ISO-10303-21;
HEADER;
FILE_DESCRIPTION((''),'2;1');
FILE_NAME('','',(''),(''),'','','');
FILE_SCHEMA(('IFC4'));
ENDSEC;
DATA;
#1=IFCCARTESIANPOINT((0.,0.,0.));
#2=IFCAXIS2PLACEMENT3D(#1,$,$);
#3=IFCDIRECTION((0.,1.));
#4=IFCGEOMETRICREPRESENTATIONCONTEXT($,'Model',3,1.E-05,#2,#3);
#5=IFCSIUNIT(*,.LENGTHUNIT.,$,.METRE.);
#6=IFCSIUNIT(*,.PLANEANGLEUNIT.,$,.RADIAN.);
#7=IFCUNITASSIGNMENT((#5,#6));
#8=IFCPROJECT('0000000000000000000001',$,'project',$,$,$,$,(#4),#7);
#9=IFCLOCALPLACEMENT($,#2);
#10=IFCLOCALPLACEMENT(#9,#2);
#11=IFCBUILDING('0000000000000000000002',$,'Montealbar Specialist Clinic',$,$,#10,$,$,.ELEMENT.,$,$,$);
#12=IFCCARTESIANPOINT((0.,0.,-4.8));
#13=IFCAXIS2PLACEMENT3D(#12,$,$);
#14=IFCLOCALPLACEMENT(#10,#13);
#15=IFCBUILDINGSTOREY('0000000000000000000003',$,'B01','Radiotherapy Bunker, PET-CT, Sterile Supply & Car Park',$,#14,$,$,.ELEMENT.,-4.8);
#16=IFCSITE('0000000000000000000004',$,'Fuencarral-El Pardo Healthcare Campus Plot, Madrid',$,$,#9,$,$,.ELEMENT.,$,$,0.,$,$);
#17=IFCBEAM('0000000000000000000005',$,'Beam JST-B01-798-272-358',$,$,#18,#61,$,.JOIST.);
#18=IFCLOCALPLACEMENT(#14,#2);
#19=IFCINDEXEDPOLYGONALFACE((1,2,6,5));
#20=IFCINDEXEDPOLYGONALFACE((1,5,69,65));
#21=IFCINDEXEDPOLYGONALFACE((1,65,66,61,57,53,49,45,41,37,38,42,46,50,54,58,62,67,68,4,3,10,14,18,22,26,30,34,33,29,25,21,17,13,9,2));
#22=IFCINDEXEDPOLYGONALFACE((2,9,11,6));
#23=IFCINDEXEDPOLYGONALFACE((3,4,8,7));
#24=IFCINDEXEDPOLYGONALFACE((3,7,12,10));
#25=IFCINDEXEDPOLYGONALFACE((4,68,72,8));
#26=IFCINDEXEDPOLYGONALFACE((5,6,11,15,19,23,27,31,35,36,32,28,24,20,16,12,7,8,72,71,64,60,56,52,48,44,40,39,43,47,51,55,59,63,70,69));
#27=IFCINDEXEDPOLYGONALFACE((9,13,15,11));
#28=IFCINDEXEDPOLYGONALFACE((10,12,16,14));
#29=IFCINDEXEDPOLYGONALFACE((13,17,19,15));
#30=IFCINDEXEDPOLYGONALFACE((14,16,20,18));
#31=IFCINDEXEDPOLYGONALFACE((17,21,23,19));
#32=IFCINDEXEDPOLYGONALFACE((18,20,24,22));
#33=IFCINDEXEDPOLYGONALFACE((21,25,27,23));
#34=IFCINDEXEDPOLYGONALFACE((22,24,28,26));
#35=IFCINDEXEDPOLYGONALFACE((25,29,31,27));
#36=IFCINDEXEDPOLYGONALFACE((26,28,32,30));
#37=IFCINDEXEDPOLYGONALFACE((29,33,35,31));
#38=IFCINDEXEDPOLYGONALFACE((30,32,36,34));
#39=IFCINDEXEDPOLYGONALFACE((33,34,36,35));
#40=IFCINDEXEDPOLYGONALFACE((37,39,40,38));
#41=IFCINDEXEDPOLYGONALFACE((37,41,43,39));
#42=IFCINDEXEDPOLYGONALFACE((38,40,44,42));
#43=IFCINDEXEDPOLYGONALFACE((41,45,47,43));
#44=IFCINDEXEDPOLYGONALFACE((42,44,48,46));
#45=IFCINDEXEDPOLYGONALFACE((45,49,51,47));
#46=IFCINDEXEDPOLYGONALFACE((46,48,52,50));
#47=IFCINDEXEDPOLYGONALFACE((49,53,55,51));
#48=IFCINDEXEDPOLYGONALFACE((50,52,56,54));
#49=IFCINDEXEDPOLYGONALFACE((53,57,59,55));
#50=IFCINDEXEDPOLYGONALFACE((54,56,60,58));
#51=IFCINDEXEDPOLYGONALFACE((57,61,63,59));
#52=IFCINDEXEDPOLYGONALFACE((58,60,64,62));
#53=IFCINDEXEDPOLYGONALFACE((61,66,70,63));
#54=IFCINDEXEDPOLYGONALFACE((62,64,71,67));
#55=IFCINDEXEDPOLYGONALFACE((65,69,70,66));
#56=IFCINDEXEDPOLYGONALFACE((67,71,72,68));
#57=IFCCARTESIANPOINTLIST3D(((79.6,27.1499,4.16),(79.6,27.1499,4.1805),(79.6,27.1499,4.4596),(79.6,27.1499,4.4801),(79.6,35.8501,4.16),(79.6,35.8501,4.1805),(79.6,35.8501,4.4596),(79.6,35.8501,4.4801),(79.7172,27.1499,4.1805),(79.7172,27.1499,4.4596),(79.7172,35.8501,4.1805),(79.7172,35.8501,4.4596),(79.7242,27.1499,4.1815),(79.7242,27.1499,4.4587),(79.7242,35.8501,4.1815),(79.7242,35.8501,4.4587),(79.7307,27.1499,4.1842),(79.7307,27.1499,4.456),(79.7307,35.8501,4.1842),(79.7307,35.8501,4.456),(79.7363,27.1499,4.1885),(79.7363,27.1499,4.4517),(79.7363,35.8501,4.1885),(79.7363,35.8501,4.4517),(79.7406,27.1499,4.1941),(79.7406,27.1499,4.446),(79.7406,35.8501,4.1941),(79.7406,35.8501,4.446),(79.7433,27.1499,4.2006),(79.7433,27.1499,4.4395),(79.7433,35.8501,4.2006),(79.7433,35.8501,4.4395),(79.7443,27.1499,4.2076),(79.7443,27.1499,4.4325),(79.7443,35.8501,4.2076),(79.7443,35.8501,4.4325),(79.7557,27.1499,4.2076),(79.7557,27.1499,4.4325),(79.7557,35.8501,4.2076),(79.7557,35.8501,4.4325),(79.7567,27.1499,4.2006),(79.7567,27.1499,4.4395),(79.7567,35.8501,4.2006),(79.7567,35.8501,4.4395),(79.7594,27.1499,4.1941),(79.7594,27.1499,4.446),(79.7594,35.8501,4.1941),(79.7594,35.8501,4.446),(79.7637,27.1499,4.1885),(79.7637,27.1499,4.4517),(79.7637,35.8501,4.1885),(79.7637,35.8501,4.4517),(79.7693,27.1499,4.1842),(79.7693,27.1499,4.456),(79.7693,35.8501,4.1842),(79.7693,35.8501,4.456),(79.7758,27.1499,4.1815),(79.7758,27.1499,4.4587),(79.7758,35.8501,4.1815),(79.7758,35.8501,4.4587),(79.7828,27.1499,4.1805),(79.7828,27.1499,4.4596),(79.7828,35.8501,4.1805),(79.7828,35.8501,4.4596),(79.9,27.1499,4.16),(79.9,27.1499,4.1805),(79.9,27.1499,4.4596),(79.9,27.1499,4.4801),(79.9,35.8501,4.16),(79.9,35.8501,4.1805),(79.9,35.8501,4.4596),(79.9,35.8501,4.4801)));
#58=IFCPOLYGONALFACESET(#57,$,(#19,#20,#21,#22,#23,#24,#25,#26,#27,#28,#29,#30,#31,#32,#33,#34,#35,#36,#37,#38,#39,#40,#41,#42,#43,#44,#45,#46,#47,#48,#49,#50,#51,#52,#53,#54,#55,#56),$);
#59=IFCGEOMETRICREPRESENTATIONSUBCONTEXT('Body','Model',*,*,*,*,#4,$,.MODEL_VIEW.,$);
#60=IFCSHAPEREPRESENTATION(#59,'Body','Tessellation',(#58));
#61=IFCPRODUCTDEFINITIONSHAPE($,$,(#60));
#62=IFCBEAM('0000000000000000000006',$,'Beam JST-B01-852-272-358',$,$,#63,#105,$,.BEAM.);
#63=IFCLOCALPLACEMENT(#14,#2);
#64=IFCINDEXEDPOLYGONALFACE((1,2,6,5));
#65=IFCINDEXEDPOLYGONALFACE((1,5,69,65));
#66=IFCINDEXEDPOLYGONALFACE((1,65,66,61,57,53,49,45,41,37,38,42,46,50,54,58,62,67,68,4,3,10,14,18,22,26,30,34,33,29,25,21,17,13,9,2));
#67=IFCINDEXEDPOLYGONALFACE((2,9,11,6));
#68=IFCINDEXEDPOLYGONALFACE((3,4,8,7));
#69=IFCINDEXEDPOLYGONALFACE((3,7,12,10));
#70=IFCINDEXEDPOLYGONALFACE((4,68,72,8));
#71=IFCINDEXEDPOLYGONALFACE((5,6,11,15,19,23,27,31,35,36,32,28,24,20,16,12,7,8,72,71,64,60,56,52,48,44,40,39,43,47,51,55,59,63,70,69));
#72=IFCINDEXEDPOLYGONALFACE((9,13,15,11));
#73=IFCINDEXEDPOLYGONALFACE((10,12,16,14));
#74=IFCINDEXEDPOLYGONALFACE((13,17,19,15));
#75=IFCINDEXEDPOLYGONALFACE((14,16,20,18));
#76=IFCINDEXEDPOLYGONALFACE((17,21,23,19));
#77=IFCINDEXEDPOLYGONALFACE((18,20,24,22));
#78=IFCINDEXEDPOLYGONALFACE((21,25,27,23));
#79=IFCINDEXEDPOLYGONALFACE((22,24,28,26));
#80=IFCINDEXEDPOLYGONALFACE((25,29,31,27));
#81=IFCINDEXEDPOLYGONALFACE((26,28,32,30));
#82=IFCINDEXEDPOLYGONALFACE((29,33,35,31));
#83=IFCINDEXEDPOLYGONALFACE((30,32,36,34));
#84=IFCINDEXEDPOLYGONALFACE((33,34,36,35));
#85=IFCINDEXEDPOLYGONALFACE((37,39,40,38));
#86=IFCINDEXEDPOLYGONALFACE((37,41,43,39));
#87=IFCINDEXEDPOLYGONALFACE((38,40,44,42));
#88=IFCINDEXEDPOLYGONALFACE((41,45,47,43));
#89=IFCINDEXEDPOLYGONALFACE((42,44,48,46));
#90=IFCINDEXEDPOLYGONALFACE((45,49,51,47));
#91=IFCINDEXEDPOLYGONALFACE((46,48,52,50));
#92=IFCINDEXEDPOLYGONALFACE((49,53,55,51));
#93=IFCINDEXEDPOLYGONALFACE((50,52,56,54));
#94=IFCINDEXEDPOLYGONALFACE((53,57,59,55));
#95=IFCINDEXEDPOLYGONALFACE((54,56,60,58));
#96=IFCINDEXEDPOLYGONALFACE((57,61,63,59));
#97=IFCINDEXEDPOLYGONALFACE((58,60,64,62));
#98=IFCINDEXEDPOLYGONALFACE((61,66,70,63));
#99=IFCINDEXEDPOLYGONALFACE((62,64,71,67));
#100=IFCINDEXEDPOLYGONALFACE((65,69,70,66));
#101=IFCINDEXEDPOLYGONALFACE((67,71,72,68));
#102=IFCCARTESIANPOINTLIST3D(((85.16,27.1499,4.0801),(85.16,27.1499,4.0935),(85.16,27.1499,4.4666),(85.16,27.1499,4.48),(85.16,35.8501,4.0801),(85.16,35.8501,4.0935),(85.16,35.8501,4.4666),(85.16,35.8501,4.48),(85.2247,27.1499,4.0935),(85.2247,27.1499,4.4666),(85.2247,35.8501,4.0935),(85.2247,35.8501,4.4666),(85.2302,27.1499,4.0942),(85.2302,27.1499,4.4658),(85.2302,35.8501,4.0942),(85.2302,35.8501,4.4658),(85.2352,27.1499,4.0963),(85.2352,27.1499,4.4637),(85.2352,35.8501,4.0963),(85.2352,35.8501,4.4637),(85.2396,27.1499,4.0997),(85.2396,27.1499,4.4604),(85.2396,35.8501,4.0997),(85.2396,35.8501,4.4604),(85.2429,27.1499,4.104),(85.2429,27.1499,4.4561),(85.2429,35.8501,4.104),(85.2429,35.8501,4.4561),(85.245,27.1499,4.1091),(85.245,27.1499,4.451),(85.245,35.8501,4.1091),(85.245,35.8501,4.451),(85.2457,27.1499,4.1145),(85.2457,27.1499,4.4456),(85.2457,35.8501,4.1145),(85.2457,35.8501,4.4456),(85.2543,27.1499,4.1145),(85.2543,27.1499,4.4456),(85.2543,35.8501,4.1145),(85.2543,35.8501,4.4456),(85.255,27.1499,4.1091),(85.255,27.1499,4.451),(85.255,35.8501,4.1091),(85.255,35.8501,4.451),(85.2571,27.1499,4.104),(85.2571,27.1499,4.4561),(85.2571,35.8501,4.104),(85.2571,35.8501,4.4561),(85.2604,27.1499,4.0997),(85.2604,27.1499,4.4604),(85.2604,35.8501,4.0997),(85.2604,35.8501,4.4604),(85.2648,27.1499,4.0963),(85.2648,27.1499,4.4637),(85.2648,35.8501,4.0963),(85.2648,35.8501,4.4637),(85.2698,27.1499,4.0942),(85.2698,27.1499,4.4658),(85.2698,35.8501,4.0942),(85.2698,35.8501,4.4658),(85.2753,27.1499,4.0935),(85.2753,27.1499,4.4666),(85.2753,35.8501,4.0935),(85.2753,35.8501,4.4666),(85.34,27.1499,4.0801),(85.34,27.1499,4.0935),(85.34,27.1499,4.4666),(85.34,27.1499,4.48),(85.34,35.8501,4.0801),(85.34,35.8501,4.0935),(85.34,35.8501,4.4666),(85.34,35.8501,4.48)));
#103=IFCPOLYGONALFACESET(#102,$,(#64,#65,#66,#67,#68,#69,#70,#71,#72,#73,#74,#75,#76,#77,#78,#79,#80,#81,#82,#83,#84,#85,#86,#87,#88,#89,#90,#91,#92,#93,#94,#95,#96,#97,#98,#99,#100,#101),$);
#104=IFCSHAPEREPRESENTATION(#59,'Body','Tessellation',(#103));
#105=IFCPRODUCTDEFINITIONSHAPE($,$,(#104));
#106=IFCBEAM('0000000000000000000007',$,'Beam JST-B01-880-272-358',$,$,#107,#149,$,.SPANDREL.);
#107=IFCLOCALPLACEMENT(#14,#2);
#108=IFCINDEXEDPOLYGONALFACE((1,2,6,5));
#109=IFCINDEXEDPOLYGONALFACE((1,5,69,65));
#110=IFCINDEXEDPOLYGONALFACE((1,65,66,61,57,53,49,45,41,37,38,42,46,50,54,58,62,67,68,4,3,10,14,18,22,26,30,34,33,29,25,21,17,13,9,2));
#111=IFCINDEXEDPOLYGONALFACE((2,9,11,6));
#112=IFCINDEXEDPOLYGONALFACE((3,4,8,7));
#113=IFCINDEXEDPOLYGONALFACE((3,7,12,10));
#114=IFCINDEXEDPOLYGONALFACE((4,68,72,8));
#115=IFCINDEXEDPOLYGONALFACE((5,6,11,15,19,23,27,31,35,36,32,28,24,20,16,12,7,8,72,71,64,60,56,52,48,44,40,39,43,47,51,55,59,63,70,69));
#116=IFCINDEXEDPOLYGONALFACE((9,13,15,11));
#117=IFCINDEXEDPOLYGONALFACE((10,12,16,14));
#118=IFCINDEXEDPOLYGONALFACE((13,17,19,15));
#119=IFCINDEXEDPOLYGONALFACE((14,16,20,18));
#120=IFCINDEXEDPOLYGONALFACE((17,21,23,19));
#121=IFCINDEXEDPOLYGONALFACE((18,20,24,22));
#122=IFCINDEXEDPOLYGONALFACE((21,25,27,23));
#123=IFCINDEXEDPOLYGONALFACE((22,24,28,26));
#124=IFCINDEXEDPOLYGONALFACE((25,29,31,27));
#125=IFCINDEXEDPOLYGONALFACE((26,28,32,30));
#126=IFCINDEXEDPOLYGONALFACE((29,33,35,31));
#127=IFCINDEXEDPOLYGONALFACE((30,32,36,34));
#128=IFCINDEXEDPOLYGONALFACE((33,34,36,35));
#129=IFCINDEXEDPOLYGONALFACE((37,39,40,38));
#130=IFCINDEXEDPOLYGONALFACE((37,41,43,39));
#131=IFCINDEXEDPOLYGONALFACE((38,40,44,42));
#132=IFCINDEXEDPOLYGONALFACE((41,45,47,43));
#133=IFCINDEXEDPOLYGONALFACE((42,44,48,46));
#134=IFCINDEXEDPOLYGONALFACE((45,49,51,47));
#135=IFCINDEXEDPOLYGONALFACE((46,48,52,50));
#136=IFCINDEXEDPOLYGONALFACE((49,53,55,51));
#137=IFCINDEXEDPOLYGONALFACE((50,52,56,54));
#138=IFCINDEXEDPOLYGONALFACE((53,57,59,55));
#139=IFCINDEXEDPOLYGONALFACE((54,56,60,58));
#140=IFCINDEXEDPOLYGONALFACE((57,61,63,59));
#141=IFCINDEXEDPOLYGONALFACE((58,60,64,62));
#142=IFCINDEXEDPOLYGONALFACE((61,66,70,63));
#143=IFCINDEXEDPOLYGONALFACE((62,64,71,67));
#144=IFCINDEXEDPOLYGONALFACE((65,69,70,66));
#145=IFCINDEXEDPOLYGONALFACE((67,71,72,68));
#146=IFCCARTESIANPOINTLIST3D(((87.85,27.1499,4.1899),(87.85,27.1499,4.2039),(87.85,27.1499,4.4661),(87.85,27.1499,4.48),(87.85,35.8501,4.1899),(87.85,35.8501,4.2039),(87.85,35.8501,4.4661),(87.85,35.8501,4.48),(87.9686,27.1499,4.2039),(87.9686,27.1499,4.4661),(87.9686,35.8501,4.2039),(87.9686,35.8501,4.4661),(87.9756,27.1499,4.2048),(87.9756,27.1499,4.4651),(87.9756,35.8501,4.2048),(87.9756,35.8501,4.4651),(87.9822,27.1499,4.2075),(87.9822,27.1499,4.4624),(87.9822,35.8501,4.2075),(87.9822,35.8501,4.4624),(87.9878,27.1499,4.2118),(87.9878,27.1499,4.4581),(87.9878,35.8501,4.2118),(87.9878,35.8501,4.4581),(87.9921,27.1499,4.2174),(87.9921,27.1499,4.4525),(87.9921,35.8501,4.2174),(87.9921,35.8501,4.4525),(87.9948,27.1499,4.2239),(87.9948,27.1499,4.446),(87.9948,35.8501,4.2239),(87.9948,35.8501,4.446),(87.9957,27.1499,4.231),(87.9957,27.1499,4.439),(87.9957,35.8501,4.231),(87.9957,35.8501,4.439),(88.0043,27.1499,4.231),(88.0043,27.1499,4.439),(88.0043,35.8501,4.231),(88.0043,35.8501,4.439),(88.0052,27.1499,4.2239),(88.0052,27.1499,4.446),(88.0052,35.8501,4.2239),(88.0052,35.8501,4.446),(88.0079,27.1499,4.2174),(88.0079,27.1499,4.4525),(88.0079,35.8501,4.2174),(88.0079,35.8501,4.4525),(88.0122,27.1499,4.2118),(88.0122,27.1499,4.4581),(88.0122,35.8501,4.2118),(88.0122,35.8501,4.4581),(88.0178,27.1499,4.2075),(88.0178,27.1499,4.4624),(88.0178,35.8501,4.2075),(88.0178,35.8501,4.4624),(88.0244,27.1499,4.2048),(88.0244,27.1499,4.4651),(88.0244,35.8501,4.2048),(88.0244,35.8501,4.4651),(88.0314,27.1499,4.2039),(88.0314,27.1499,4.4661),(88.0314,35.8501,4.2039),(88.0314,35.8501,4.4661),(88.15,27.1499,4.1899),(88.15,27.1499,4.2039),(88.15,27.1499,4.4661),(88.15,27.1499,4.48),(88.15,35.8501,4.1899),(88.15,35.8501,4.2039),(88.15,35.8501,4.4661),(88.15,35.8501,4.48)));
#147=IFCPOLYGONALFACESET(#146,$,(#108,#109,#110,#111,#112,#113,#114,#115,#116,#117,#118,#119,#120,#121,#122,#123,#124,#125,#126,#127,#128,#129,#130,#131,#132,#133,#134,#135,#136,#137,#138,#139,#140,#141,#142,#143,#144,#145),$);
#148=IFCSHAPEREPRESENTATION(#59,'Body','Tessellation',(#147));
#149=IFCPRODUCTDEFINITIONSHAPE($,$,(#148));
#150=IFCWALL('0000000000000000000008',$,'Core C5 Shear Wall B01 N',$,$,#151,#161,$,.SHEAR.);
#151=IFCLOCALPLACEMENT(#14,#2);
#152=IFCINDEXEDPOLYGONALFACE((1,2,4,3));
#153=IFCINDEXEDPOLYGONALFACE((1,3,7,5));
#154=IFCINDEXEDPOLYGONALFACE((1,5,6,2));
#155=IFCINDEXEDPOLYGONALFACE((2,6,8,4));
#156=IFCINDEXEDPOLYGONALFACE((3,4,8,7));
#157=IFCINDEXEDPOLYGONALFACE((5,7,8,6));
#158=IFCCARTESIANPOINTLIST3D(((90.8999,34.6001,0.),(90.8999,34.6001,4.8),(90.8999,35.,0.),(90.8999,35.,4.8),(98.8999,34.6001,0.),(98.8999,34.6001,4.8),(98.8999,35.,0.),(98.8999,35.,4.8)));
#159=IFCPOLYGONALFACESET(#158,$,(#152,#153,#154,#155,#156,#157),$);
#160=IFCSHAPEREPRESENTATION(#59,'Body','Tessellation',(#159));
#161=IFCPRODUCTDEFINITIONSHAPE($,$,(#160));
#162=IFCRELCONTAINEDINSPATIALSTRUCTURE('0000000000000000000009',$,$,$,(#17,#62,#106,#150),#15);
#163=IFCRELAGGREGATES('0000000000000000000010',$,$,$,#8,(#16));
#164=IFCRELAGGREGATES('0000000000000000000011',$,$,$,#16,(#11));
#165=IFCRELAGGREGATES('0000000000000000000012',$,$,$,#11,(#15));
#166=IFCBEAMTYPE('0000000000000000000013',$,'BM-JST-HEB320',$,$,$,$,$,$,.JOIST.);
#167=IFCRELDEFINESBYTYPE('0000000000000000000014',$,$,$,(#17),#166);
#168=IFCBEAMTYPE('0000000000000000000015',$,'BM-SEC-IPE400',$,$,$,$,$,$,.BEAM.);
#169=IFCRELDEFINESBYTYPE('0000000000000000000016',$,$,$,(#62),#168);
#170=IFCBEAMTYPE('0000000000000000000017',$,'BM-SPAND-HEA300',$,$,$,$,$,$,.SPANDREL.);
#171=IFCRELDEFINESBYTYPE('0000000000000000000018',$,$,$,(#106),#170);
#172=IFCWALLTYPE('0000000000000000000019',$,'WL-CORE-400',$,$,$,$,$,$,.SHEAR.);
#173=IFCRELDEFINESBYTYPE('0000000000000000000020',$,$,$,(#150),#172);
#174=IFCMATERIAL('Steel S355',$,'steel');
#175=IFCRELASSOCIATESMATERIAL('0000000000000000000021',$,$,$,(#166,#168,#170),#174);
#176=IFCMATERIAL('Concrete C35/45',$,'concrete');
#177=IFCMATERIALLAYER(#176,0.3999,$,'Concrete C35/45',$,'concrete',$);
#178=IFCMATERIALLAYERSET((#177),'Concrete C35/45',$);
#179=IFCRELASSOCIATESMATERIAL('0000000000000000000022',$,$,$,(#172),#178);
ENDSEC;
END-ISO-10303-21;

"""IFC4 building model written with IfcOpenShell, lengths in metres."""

from ifc_helpers import new_model, si_unit, direction, frame, frame_2d, origin, origin_2d, place, context, subcontext, project, spatial, rectangle, i_section, extrude, material, layer, layer_set, material_profile, profile_set, type_object, element, save


model = new_model("IFC4")

# Units and contexts
model_context = context("Model", 3, precision=1e-05, world=origin(), true_north=direction((0.0, 1.0)))
body_context = subcontext(model_context, "Body", "Model", "MODEL_VIEW")
ifc_project = project(units=[si_unit("LENGTHUNIT", "METRE"), si_unit("PLANEANGLEUNIT", "RADIAN")], contexts=[model_context])

# Site, building, storey
site_placement = place(None, origin())
site = spatial("IfcSite", under=ifc_project, at=site_placement, Name="Fuencarral-El Pardo Healthcare Campus Plot, Madrid", CompositionType="ELEMENT", RefElevation=0.0)
building_placement = place(site_placement, origin())
building = spatial("IfcBuilding", under=site, at=building_placement, Name="Montealbar Specialist Clinic", CompositionType="ELEMENT")
storey_placement = place(building_placement, frame((0.0, 0.0, -4.8)))
storey = spatial("IfcBuildingStorey", under=building, at=storey_placement, Name="B01", Description="Radiotherapy Bunker, PET-CT, Sterile Supply & Car Park", CompositionType="ELEMENT", Elevation=-4.8)

# Shared definitions
ifc_material_1 = material(Name="Concrete C35/45", Category="concrete")

# Shared definitions
ifc_material_2 = material(Name="Steel S355", Category="steel")

# Beams
ifc_material_profile_1 = material_profile(ifc_material_2, i_section(OverallWidth=0.3, OverallDepth=0.3201, WebThickness=0.0115, FlangeThickness=0.0205, FilletRadius=0.0271, at=origin_2d()), Name="HEB 320", Category="steel")
ifc_profile_set_1 = profile_set([ifc_material_profile_1], Name="Steel S355")
beam_type_1 = type_object("IfcBeamType", Name="BM-JST-HEB320", PredefinedType="JOIST", material=ifc_profile_set_1)
beam_1_placement = place(storey_placement, frame((79.75, 27.1499, 4.3201), z_axis=(0.0, 1.0, 0.0), x_axis=(-1.0, 0.0, 0.0)))
element("IfcBeam", 1, at=beam_1_placement, inside=storey, type_object=beam_type_1, Name="Beam JST-B01-798-272-358", PredefinedType="JOIST", context=body_context, shape_type="SweptSolid", body=[
    extrude(i_section(OverallWidth=0.3, OverallDepth=0.3201, WebThickness=0.0115, FlangeThickness=0.0205, FilletRadius=0.0271, at=origin_2d()), origin(), (0.0, 0.0, 1.0), 8.7002),
])
ifc_material_profile_2 = material_profile(ifc_material_2, i_section(OverallWidth=0.1799, OverallDepth=0.3999, WebThickness=0.0085, FlangeThickness=0.0134, FilletRadius=0.021, at=origin_2d()), Name="IPE 400", Category="steel")
ifc_profile_set_2 = profile_set([ifc_material_profile_2], Name="Steel S355")
beam_type_2 = type_object("IfcBeamType", Name="BM-SEC-IPE400", PredefinedType="BEAM", material=ifc_profile_set_2)
beam_2_placement = place(storey_placement, frame((85.25, 27.1499, 4.28), z_axis=(0.0, 1.0, 0.0), x_axis=(-1.0, 0.0, 0.0)))
element("IfcBeam", 2, at=beam_2_placement, inside=storey, type_object=beam_type_2, Name="Beam JST-B01-852-272-358", PredefinedType="BEAM", context=body_context, shape_type="SweptSolid", body=[
    extrude(i_section(OverallWidth=0.1799, OverallDepth=0.3999, WebThickness=0.0085, FlangeThickness=0.0134, FilletRadius=0.021, at=origin_2d()), origin(), (0.0, 0.0, 1.0), 8.7002),
])
ifc_material_profile_3 = material_profile(ifc_material_2, i_section(OverallWidth=0.3, OverallDepth=0.29, WebThickness=0.0085, FlangeThickness=0.0139, FilletRadius=0.0271, at=origin_2d()), Name="HEA 300", Category="steel")
ifc_profile_set_3 = profile_set([ifc_material_profile_3], Name="Steel S355")
beam_type_3 = type_object("IfcBeamType", Name="BM-SPAND-HEA300", PredefinedType="SPANDREL", material=ifc_profile_set_3)
beam_3_placement = place(storey_placement, frame((88.0, 27.1499, 4.335), z_axis=(0.0, 1.0, 0.0), x_axis=(-1.0, 0.0, 0.0)))
element("IfcBeam", 3, at=beam_3_placement, inside=storey, type_object=beam_type_3, Name="Beam JST-B01-880-272-358", PredefinedType="SPANDREL", context=body_context, shape_type="SweptSolid", body=[
    extrude(i_section(OverallWidth=0.3, OverallDepth=0.29, WebThickness=0.0085, FlangeThickness=0.0139, FilletRadius=0.0271, at=origin_2d()), origin(), (0.0, 0.0, 1.0), 8.7002),
])

# Shared definitions
ifc_layer_1 = layer(ifc_material_1, 0.3999, Name="Concrete C35/45", Category="concrete")
ifc_layer_set_1 = layer_set([ifc_layer_1], Name="Concrete C35/45")
wall_type_1 = type_object("IfcWallType", Name="WL-CORE-400", PredefinedType="SHEAR", material=ifc_layer_set_1)

# Wall
wall_1_placement = place(storey_placement, frame((90.8999, 34.8, 0.0), z_axis=(0.0, 0.0, 1.0), x_axis=(1.0, 0.0, 0.0)))
element("IfcWall", 4, at=wall_1_placement, inside=storey, type_object=wall_type_1, Name="Core C5 Shear Wall B01 N", PredefinedType="SHEAR", context=body_context, shape_type="SweptSolid", body=[
    extrude(rectangle(XDim=8.0, YDim=0.3999, at=frame_2d((4.0, 0.0))), origin(), (0.0, 0.0, 1.0), 4.8),
])

save(model, "model.ifc")
